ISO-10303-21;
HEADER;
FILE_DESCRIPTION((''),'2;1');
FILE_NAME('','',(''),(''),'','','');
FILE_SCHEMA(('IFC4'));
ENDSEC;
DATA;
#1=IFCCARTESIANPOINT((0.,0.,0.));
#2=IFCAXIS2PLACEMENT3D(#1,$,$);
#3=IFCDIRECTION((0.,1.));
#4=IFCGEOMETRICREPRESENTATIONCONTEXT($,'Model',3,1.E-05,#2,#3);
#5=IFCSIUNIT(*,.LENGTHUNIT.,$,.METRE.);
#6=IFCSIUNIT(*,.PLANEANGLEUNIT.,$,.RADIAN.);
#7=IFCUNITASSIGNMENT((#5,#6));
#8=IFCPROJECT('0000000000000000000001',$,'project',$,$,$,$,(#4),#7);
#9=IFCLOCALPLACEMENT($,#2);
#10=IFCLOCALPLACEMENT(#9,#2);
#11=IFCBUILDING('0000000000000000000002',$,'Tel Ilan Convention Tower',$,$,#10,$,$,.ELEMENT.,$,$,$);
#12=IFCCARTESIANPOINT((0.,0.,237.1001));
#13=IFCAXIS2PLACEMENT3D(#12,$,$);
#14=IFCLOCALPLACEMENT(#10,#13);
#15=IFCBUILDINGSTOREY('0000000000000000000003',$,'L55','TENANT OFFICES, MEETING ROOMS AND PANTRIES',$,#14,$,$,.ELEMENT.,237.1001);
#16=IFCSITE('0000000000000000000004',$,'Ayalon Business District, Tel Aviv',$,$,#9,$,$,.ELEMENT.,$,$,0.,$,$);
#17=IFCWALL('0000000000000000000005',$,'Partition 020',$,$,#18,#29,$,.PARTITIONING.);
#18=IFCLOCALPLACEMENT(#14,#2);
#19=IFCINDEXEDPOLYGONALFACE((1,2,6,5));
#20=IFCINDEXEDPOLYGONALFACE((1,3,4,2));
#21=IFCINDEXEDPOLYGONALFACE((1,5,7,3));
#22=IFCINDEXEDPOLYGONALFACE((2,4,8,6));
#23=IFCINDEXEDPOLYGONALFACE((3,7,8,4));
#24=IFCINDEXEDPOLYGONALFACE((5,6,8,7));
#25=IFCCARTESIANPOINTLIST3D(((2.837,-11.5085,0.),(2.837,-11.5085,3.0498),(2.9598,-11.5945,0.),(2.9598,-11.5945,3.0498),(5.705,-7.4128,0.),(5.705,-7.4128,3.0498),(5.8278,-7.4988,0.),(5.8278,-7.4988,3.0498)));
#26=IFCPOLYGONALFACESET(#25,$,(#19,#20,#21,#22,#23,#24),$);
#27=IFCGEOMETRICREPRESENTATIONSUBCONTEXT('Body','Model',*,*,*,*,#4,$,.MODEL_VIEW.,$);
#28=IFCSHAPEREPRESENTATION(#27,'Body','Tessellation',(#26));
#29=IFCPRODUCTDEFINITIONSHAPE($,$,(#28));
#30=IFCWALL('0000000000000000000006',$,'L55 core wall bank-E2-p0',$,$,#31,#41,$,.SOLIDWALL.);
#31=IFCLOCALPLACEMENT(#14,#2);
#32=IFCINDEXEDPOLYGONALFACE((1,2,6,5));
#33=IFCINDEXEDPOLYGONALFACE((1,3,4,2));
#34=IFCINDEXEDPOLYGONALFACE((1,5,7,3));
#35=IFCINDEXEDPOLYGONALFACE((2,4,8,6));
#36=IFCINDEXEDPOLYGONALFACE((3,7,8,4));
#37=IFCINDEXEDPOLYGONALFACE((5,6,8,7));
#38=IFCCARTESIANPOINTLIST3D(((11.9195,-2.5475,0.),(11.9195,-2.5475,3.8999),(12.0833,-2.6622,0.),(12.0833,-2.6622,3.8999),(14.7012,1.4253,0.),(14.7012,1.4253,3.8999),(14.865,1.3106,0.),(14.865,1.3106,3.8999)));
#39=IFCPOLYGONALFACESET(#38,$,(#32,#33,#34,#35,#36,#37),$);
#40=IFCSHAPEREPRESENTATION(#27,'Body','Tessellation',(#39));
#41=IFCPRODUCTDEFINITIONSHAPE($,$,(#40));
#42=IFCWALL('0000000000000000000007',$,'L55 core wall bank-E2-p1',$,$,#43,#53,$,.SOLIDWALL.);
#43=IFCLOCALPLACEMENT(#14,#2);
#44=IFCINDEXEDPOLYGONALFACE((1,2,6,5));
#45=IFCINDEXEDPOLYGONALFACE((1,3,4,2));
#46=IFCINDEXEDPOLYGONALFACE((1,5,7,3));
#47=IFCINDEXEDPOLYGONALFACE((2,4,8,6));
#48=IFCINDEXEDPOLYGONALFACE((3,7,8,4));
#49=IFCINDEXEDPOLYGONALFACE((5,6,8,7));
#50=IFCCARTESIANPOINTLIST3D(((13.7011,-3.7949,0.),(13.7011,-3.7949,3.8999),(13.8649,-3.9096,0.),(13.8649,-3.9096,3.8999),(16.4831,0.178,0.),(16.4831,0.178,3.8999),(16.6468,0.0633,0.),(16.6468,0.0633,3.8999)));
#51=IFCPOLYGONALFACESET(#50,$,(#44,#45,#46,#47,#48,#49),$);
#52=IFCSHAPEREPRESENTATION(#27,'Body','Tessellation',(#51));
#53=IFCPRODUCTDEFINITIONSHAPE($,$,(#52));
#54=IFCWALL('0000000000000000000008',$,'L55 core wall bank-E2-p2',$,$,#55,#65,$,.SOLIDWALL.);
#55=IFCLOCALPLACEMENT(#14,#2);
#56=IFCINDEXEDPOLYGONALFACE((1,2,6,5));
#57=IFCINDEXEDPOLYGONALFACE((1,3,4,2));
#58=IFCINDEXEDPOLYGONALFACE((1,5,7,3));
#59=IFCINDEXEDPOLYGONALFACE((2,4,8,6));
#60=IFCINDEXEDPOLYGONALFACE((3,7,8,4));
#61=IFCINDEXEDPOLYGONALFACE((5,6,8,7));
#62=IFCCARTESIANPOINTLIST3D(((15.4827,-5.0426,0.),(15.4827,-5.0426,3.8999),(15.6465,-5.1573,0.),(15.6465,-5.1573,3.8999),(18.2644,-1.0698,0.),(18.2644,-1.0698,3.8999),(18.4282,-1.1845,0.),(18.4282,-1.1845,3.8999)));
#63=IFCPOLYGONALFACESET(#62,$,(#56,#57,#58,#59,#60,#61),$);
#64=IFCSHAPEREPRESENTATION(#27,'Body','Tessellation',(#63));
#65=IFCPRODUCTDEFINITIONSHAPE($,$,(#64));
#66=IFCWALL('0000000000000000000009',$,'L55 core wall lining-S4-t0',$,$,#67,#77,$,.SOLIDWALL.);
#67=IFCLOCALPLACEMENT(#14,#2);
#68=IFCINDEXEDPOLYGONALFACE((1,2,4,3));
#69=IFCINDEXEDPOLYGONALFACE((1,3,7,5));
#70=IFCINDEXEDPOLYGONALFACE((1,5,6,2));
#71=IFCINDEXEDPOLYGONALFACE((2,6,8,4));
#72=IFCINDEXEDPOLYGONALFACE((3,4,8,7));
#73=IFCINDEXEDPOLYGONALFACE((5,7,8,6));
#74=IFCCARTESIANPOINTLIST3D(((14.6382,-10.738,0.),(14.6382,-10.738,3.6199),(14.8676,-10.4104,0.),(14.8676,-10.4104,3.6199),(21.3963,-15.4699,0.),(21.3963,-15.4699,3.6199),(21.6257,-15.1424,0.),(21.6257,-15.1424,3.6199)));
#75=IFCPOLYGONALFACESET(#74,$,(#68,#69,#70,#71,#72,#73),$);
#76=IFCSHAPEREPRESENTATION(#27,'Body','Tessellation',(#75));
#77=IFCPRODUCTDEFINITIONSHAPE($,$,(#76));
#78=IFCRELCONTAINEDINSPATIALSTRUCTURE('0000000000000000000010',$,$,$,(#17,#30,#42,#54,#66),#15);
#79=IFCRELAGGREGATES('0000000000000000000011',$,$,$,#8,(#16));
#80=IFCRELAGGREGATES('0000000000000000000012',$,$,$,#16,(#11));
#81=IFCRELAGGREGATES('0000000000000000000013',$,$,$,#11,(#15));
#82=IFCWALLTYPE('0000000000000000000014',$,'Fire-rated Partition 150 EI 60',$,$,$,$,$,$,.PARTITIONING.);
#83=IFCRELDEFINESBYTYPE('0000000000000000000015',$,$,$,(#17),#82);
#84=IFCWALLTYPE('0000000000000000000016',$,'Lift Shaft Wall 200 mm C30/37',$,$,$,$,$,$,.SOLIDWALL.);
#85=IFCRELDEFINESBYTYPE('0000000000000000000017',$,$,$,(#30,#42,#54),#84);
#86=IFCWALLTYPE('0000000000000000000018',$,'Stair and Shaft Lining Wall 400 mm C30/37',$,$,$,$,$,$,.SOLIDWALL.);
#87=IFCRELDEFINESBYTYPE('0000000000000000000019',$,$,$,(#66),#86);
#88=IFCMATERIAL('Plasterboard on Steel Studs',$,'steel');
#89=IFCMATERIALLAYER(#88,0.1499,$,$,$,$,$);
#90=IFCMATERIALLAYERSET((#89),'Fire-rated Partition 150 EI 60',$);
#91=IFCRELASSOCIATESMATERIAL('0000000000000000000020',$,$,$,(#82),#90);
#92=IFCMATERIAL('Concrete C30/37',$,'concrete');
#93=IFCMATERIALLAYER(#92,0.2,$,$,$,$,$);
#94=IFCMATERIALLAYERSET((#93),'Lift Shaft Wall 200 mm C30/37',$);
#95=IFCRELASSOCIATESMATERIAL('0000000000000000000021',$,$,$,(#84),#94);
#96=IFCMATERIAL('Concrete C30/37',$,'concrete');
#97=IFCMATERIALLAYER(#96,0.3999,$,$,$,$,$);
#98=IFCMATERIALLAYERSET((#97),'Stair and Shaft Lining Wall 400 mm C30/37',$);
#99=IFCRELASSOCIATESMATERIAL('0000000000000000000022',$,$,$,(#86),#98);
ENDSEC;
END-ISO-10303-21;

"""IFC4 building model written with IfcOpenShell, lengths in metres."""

from ifc_helpers import new_model, si_unit, direction, frame, frame_2d, origin, place, context, subcontext, project, spatial, rectangle, extrude, material, layer, layer_set, type_object, element, save


model = new_model("IFC4")

# Units and contexts
model_context = context("Model", 3, precision=1e-05, world=origin(), true_north=direction((0.0, 1.0)))
body_context = subcontext(model_context, "Body", "Model", "MODEL_VIEW")
ifc_project = project(units=[si_unit("LENGTHUNIT", "METRE"), si_unit("PLANEANGLEUNIT", "RADIAN")], contexts=[model_context])

# Site, building, storey
site_placement = place(None, origin())
site = spatial("IfcSite", under=ifc_project, at=site_placement, Name="Ayalon Business District, Tel Aviv", CompositionType="ELEMENT", RefElevation=0.0)
building_placement = place(site_placement, origin())
building = spatial("IfcBuilding", under=site, at=building_placement, Name="Tel Ilan Convention Tower", CompositionType="ELEMENT")
storey_placement = place(building_placement, frame((0.0, 0.0, 237.1001)))
storey = spatial("IfcBuildingStorey", under=building, at=storey_placement, Name="L55", Description="TENANT OFFICES, MEETING ROOMS AND PANTRIES", CompositionType="ELEMENT", Elevation=237.1001)

# Shared definitions
ifc_material_1 = material(Name="Plasterboard on Steel Studs", Category="steel")
ifc_layer_1 = layer(ifc_material_1, 0.1499)
ifc_layer_set_1 = layer_set([ifc_layer_1], Name="Fire-rated Partition 150 EI 60")
wall_type_1 = type_object("IfcWallType", Name="Fire-rated Partition 150 EI 60", PredefinedType="PARTITIONING", material=ifc_layer_set_1)

# Walls
wall_1_placement = place(storey_placement, frame((2.8984, -11.5515, 0.0), z_axis=(0.0, 0.0, 1.0), x_axis=(0.573587, 0.819145, 0.0)))
element("IfcWall", 1, at=wall_1_placement, inside=storey, type_object=wall_type_1, Name="Partition 020", PredefinedType="PARTITIONING", context=body_context, shape_type="SweptSolid", body=[
    extrude(rectangle(XDim=5.0, YDim=0.1499, at=frame_2d((2.5, 0.0))), origin(), (0.0, 0.0, 1.0), 3.0498),
])
ifc_material_2 = material(Name="Concrete C30/37", Category="concrete")
ifc_layer_2 = layer(ifc_material_2, 0.2)
ifc_layer_set_2 = layer_set([ifc_layer_2], Name="Lift Shaft Wall 200 mm C30/37")
wall_type_2 = type_object("IfcWallType", Name="Lift Shaft Wall 200 mm C30/37", PredefinedType="SOLIDWALL", material=ifc_layer_set_2)
wall_2_placement = place(storey_placement, frame((12.0015, -2.6047, 0.0), z_axis=(0.0, 0.0, 1.0), x_axis=(0.57356, 0.819163, 0.0)))
element("IfcWall", 2, at=wall_2_placement, inside=storey, type_object=wall_type_2, Name="L55 core wall bank-E2-p0", PredefinedType="SOLIDWALL", context=body_context, shape_type="SweptSolid", body=[
    extrude(rectangle(XDim=4.8499, YDim=0.2, at=frame_2d((2.4248, 0.0))), origin(), (0.0, 0.0, 1.0), 3.8999),
])
wall_3_placement = place(storey_placement, frame((13.783, -3.8523, 0.0), z_axis=(0.0, 0.0, 1.0), x_axis=(0.573594, 0.81914, 0.0)))
element("IfcWall", 3, at=wall_3_placement, inside=storey, type_object=wall_type_2, Name="L55 core wall bank-E2-p1", PredefinedType="SOLIDWALL", context=body_context, shape_type="SweptSolid", body=[
    extrude(rectangle(XDim=4.8501, YDim=0.2, at=frame_2d((2.425, 0.0))), origin(), (0.0, 0.0, 1.0), 3.8999),
])
wall_4_placement = place(storey_placement, frame((15.5647, -5.0999, 0.0), z_axis=(0.0, 0.0, 1.0), x_axis=(0.57356, 0.819163, 0.0)))
element("IfcWall", 4, at=wall_4_placement, inside=storey, type_object=wall_type_2, Name="L55 core wall bank-E2-p2", PredefinedType="SOLIDWALL", context=body_context, shape_type="SweptSolid", body=[
    extrude(rectangle(XDim=4.8499, YDim=0.2, at=frame_2d((2.4248, 0.0))), origin(), (0.0, 0.0, 1.0), 3.8999),
])
ifc_material_3 = material(Name="Concrete C30/37", Category="concrete")
ifc_layer_3 = layer(ifc_material_3, 0.3999)
ifc_layer_set_3 = layer_set([ifc_layer_3], Name="Stair and Shaft Lining Wall 400 mm C30/37")
wall_type_3 = type_object("IfcWallType", Name="Stair and Shaft Lining Wall 400 mm C30/37", PredefinedType="SOLIDWALL", material=ifc_layer_set_3)
wall_5_placement = place(storey_placement, frame((14.7529, -10.5742, 0.0), z_axis=(0.0, 0.0, 1.0), x_axis=(0.819158, -0.573568, 0.0)))
element("IfcWall", 5, at=wall_5_placement, inside=storey, type_object=wall_type_3, Name="L55 core wall lining-S4-t0", PredefinedType="SOLIDWALL", context=body_context, shape_type="SweptSolid", body=[
    extrude(rectangle(XDim=8.25, YDim=0.3999, at=frame_2d((4.125, 0.0))), origin(), (0.0, 0.0, 1.0), 3.6199),
])

save(model, "model.ifc")
